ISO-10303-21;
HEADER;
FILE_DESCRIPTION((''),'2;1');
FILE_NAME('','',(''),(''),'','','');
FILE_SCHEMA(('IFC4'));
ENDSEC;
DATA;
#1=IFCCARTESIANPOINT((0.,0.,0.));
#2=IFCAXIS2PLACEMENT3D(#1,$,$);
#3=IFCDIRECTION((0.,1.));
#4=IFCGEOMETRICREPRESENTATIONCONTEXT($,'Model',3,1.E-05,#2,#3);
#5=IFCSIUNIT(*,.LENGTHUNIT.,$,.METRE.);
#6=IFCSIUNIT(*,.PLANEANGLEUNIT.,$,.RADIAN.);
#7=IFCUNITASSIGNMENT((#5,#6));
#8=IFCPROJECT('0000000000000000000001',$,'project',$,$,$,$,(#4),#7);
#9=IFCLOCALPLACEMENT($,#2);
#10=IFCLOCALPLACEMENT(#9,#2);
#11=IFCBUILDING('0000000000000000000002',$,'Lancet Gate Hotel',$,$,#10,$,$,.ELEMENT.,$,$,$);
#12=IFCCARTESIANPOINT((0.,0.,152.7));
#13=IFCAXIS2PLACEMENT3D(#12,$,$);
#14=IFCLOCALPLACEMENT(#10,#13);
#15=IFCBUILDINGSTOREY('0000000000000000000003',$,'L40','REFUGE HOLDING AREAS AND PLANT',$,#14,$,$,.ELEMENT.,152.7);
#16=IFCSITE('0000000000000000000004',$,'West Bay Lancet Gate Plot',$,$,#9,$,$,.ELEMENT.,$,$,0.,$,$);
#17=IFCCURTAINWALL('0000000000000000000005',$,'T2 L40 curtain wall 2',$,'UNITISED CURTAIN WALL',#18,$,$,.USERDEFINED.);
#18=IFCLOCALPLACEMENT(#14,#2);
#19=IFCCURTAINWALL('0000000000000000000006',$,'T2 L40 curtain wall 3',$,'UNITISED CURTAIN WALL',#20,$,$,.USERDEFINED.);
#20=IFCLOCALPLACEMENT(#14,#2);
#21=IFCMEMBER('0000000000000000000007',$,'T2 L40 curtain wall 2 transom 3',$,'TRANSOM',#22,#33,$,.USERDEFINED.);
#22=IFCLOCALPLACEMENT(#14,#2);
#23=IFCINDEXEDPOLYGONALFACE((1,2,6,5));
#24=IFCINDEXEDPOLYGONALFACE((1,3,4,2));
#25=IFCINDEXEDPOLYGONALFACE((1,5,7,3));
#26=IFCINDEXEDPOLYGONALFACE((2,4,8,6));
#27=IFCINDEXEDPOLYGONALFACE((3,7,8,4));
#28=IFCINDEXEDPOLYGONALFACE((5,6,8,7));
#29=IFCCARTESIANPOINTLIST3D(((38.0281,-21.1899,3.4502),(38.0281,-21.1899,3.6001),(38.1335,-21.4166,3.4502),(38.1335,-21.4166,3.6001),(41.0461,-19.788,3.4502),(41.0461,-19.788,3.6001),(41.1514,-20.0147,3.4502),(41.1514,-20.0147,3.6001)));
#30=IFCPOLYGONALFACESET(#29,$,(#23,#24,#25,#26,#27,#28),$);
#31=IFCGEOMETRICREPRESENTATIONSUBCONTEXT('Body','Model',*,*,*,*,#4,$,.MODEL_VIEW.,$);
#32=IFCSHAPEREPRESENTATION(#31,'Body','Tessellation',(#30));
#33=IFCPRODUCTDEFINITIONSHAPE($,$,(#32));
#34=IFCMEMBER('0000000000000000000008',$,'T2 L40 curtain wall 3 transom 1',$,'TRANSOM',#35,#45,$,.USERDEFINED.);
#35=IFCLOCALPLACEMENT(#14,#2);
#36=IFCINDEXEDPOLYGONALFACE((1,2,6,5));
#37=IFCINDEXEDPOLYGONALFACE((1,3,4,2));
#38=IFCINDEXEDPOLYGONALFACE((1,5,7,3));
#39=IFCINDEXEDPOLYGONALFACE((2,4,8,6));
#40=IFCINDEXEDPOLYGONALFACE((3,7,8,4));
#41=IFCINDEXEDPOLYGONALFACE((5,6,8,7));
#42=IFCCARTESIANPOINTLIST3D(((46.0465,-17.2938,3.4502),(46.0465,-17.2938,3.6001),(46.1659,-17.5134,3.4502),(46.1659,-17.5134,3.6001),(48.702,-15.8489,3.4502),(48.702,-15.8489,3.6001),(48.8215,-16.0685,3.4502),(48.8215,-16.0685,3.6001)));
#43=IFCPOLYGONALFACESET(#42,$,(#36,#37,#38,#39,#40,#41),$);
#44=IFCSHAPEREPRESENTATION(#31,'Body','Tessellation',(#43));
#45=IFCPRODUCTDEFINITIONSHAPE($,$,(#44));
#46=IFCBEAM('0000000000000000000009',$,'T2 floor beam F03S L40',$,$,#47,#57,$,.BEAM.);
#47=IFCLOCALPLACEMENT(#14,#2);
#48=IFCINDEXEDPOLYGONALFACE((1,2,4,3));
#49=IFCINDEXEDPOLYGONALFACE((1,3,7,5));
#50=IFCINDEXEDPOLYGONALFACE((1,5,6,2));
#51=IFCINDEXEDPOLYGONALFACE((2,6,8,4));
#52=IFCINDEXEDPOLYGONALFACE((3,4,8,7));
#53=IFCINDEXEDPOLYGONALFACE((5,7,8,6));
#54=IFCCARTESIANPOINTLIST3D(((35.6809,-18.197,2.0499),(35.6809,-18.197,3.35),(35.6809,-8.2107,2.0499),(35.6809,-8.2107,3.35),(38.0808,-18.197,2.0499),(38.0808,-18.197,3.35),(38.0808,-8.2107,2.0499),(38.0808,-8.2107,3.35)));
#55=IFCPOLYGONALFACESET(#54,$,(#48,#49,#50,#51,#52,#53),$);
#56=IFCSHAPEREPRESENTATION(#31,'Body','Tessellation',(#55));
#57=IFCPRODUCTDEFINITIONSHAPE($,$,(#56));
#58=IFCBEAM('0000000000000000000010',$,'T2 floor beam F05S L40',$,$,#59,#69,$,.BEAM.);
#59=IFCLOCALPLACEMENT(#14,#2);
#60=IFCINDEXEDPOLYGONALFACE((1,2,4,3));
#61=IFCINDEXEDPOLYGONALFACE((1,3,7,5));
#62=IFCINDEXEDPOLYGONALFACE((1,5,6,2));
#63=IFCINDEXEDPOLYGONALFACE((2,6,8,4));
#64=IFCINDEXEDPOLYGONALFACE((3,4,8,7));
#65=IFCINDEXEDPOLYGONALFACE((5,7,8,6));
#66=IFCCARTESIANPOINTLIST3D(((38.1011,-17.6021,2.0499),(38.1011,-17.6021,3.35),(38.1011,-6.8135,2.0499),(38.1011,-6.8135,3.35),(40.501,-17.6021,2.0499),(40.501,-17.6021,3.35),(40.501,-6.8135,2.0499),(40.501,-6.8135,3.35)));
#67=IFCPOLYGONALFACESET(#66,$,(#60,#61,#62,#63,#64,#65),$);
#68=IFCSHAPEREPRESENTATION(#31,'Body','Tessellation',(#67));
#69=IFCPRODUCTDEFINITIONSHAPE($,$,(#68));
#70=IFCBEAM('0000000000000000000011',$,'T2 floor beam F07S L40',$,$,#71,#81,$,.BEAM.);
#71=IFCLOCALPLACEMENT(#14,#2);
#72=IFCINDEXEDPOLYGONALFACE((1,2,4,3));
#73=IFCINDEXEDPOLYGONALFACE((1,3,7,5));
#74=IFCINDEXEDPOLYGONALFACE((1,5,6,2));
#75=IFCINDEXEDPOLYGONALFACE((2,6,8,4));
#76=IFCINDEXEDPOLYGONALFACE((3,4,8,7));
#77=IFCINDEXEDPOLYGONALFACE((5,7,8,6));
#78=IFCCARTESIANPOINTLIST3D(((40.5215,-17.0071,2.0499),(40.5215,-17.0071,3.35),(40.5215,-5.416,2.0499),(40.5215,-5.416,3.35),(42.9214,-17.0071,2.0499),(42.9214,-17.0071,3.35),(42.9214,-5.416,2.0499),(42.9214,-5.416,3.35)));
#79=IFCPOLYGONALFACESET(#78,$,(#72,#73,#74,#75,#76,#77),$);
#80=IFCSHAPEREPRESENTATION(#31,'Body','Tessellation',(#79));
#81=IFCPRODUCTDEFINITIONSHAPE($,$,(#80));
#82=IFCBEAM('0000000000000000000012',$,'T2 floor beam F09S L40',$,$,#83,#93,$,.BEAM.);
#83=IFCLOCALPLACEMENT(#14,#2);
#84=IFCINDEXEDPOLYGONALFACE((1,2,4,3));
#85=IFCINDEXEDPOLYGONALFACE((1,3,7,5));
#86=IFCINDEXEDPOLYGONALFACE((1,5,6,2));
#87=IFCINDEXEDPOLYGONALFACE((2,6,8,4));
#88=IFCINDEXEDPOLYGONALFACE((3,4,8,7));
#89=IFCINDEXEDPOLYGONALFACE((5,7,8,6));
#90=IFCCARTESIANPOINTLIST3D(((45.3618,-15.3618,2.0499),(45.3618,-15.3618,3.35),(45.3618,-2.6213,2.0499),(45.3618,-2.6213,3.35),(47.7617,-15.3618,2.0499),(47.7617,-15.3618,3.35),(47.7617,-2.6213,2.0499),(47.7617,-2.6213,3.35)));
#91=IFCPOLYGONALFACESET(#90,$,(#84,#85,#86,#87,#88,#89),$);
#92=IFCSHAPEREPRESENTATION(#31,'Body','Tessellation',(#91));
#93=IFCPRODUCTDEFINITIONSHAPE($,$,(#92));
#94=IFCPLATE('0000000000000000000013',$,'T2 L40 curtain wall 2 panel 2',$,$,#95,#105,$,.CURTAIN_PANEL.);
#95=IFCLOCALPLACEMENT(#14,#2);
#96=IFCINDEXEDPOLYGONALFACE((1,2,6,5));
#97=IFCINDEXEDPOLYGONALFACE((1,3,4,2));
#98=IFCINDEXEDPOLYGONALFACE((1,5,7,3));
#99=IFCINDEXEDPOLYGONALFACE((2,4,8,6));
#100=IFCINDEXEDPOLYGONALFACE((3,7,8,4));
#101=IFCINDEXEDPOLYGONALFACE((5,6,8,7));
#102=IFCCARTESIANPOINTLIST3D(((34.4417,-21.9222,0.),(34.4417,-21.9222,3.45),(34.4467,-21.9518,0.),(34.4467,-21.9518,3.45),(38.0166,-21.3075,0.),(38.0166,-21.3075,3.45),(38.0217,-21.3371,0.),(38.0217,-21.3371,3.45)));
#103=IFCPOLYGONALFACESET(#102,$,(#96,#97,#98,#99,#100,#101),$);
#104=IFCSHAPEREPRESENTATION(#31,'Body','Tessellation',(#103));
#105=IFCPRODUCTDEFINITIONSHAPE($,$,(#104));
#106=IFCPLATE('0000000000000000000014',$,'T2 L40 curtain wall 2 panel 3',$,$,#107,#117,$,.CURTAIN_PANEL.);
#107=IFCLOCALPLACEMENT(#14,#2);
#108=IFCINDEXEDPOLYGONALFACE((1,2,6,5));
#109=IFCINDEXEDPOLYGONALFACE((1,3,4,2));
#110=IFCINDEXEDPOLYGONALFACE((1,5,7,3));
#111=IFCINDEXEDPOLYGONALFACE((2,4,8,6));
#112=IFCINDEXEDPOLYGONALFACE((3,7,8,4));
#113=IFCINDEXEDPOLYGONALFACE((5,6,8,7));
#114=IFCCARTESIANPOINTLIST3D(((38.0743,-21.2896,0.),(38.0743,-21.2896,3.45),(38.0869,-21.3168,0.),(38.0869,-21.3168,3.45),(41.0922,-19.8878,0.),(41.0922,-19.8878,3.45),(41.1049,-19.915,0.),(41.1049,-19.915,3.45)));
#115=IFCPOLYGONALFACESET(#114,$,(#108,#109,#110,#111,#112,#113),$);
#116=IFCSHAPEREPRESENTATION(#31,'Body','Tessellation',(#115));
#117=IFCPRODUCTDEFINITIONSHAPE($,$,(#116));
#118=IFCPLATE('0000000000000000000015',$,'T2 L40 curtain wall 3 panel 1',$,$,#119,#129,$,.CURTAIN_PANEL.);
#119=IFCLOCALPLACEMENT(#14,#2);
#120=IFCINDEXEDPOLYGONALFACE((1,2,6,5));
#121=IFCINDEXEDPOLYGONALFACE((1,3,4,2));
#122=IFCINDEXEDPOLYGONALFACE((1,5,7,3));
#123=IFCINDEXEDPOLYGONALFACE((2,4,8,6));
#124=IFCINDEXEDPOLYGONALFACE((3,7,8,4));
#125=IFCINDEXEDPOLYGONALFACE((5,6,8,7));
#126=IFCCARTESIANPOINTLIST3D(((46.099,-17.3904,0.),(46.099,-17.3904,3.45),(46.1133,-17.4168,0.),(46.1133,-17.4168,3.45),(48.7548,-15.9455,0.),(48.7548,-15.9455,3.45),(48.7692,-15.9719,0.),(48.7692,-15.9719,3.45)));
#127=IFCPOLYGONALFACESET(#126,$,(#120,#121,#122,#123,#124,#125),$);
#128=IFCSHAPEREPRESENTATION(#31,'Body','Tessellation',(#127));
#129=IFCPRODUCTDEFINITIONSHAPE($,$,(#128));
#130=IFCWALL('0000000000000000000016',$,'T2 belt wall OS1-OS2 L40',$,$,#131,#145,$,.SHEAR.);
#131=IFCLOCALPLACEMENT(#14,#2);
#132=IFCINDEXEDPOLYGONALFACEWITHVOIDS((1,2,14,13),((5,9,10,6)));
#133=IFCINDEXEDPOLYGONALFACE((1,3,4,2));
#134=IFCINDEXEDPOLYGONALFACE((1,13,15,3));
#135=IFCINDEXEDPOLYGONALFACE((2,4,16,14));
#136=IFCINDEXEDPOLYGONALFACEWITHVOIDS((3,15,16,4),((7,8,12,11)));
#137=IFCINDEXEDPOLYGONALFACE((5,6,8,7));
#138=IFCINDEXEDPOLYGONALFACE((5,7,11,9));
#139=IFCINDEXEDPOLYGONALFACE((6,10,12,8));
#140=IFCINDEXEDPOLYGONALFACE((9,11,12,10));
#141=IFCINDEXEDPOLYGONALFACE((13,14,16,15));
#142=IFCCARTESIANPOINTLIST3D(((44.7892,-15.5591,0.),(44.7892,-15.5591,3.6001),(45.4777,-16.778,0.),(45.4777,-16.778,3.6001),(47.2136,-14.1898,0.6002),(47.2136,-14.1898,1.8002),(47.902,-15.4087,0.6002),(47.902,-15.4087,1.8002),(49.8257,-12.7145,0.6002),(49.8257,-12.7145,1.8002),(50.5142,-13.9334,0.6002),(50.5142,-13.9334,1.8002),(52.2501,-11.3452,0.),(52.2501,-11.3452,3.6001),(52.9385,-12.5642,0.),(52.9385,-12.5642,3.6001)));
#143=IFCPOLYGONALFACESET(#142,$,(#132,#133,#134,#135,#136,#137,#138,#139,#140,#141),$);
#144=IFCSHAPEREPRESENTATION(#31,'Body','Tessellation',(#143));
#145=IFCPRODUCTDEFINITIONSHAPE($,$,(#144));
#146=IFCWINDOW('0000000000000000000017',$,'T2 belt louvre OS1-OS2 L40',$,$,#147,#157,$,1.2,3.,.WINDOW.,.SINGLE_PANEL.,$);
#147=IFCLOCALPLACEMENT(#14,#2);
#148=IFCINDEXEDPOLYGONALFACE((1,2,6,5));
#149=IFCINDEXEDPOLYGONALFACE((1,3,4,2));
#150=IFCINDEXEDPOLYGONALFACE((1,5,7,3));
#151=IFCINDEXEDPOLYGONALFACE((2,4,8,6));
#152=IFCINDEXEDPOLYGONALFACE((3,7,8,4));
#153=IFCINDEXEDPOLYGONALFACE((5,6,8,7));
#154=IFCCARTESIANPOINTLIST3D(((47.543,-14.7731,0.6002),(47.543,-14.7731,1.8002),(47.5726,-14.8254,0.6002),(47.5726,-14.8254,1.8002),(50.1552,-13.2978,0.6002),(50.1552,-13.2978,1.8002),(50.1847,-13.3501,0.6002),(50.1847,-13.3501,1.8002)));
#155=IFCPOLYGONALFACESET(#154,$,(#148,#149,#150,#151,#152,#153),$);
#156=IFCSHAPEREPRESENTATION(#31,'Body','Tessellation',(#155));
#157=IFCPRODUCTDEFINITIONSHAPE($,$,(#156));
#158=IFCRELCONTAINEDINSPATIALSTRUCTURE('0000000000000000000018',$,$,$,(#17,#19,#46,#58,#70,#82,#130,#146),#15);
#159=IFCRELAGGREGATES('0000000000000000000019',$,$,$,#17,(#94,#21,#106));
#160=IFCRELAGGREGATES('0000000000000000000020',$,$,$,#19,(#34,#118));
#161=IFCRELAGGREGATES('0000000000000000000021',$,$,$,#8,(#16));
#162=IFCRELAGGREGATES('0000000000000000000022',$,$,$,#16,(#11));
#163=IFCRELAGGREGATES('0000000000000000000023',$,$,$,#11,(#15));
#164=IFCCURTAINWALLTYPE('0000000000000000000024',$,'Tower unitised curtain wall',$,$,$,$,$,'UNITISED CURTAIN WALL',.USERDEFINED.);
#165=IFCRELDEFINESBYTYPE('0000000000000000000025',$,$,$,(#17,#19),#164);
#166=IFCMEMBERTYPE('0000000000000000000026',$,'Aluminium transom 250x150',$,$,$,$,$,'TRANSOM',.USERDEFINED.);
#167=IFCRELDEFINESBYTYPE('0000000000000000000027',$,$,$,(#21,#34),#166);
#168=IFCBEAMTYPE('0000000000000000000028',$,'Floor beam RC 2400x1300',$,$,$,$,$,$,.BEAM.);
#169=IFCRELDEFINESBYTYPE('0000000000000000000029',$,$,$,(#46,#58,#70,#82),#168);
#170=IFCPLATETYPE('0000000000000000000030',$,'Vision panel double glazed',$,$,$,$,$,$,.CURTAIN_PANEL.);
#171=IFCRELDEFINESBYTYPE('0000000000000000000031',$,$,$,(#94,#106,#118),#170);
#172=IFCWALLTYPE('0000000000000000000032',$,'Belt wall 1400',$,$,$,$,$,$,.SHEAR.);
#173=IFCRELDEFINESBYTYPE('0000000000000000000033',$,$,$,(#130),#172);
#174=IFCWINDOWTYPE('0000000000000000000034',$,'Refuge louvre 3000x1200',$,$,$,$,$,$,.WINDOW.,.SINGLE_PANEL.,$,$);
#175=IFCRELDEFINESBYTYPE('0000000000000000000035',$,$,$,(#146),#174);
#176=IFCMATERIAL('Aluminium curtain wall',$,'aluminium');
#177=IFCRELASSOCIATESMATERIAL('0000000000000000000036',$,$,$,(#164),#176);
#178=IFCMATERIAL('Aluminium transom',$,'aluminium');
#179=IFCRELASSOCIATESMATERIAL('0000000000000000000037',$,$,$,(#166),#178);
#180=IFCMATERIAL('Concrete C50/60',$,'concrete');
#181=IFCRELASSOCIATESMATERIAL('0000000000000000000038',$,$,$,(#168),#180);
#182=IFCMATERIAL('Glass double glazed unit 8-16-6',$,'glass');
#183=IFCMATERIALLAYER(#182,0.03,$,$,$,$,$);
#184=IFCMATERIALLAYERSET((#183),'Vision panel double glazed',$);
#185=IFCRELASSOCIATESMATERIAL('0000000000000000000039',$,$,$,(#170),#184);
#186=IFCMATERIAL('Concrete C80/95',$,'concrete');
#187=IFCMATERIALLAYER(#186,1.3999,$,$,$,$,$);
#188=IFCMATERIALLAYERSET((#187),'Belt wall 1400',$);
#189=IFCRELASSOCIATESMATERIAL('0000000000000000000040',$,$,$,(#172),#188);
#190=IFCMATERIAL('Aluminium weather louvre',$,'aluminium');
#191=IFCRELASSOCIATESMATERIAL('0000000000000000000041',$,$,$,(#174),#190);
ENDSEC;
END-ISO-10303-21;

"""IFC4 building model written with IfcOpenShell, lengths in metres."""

from ifc_helpers import new_model, si_unit, direction, frame, frame_2d, origin, origin_2d, place, context, subcontext, project, spatial, rectangle, extrude, material, layer, layer_set, material_profile, profile_set, type_object, element, fill, aggregate, save


model = new_model("IFC4")

# Units and contexts
model_context = context("Model", 3, precision=1e-05, world=origin(), true_north=direction((0.0, 1.0)))
body_context = subcontext(model_context, "Body", "Model", "MODEL_VIEW")
ifc_project = project(units=[si_unit("LENGTHUNIT", "METRE"), si_unit("PLANEANGLEUNIT", "RADIAN")], contexts=[model_context])

# Site, building, storey
site_placement = place(None, origin())
site = spatial("IfcSite", under=ifc_project, at=site_placement, Name="West Bay Lancet Gate Plot", CompositionType="ELEMENT", RefElevation=0.0)
building_placement = place(site_placement, origin())
building = spatial("IfcBuilding", under=site, at=building_placement, Name="Lancet Gate Hotel", CompositionType="ELEMENT")
storey_placement = place(building_placement, frame((0.0, 0.0, 152.7)))
storey = spatial("IfcBuildingStorey", under=building, at=storey_placement, Name="L40", Description="REFUGE HOLDING AREAS AND PLANT", CompositionType="ELEMENT", Elevation=152.7)

# Curtain walls
ifc_material_1 = material(Name="Aluminium curtain wall", Category="aluminium")
curtain_wall_type = type_object("IfcCurtainWallType", Name="Tower unitised curtain wall", ElementType="UNITISED CURTAIN WALL", PredefinedType="USERDEFINED", material=ifc_material_1)
curtain_wall_1_placement = place(storey_placement, origin())
curtain_wall_1 = element("IfcCurtainWall", 1, at=curtain_wall_1_placement, inside=storey, type_object=curtain_wall_type, Name="T2 L40 curtain wall 2", ObjectType="UNITISED CURTAIN WALL", PredefinedType="USERDEFINED")
curtain_wall_2_placement = place(storey_placement, origin())
curtain_wall_2 = element("IfcCurtainWall", 2, at=curtain_wall_2_placement, inside=storey, type_object=curtain_wall_type, Name="T2 L40 curtain wall 3", ObjectType="UNITISED CURTAIN WALL", PredefinedType="USERDEFINED")

# Members
ifc_material_2 = material(Name="Aluminium transom", Category="aluminium")
ifc_material_profile_1 = material_profile(ifc_material_2, rectangle(XDim=0.25, YDim=0.1499, at=origin_2d()), Name="TRANSOM 250x150")
ifc_profile_set_1 = profile_set([ifc_material_profile_1], Name="Aluminium transom")
member_type_1 = type_object("IfcMemberType", Name="Aluminium transom 250x150", ElementType="TRANSOM", PredefinedType="USERDEFINED", material=ifc_profile_set_1)
member_1_placement = place(storey_placement, frame((38.0808, -21.3032, 3.5251), z_axis=(0.906926, 0.42129, 0.0), x_axis=(-0.42129, 0.906926, 0.0)))
member_1 = element("IfcMember", 3, at=member_1_placement, type_object=member_type_1, Name="T2 L40 curtain wall 2 transom 3", ObjectType="TRANSOM", PredefinedType="USERDEFINED", context=body_context, shape_type="SweptSolid", body=[
    extrude(rectangle(XDim=0.25, YDim=0.1499, at=origin_2d()), origin(), (0.0, 0.0, 1.0), 3.3276),
])
member_2_placement = place(storey_placement, frame((46.1062, -17.4036, 3.5251), z_axis=(0.878401, 0.477924, 0.0), x_axis=(-0.477924, 0.878401, 0.0)))
member_2 = element("IfcMember", 4, at=member_2_placement, type_object=member_type_1, Name="T2 L40 curtain wall 3 transom 1", ObjectType="TRANSOM", PredefinedType="USERDEFINED", context=body_context, shape_type="SweptSolid", body=[
    extrude(rectangle(XDim=0.25, YDim=0.1499, at=origin_2d()), origin(), (0.0, 0.0, 1.0), 3.0232),
])

# Beams
ifc_material_3 = material(Name="Concrete C50/60", Category="concrete")
ifc_material_profile_2 = material_profile(ifc_material_3, rectangle(XDim=2.3999, YDim=1.3, at=origin_2d()), Name="RC 2400x1300")
ifc_profile_set_2 = profile_set([ifc_material_profile_2], Name="Concrete C50/60")
beam_type = type_object("IfcBeamType", Name="Floor beam RC 2400x1300", PredefinedType="BEAM", material=ifc_profile_set_2)
beam_1_placement = place(storey_placement, frame((36.8809, -18.197, 2.7), z_axis=(0.0, 1.0, 0.0), x_axis=(-1.0, 0.0, 0.0)))
element("IfcBeam", 5, at=beam_1_placement, inside=storey, type_object=beam_type, Name="T2 floor beam F03S L40", PredefinedType="BEAM", context=body_context, shape_type="SweptSolid", body=[
    extrude(rectangle(XDim=2.3999, YDim=1.3, at=origin_2d()), origin(), (0.0, 0.0, 1.0), 9.9863),
])
beam_2_placement = place(storey_placement, frame((39.301, -17.6021, 2.7), z_axis=(0.0, 1.0, 0.0), x_axis=(-1.0, 0.0, 0.0)))
element("IfcBeam", 6, at=beam_2_placement, inside=storey, type_object=beam_type, Name="T2 floor beam F05S L40", PredefinedType="BEAM", context=body_context, shape_type="SweptSolid", body=[
    extrude(rectangle(XDim=2.3999, YDim=1.3, at=origin_2d()), origin(), (0.0, 0.0, 1.0), 10.7886),
])
beam_3_placement = place(storey_placement, frame((41.7214, -17.0071, 2.7), z_axis=(0.0, 1.0, 0.0), x_axis=(-1.0, 0.0, 0.0)))
element("IfcBeam", 7, at=beam_3_placement, inside=storey, type_object=beam_type, Name="T2 floor beam F07S L40", PredefinedType="BEAM", context=body_context, shape_type="SweptSolid", body=[
    extrude(rectangle(XDim=2.3999, YDim=1.3, at=origin_2d()), origin(), (0.0, 0.0, 1.0), 11.5911),
])
beam_4_placement = place(storey_placement, frame((46.5618, -15.3618, 2.7), z_axis=(0.0, 1.0, 0.0), x_axis=(-1.0, 0.0, 0.0)))
element("IfcBeam", 8, at=beam_4_placement, inside=storey, type_object=beam_type, Name="T2 floor beam F09S L40", PredefinedType="BEAM", context=body_context, shape_type="SweptSolid", body=[
    extrude(rectangle(XDim=2.3999, YDim=1.3, at=origin_2d()), origin(), (0.0, 0.0, 1.0), 12.7405),
])

# Plates
ifc_material_4 = material(Name="Glass double glazed unit 8-16-6", Category="glass")
ifc_layer_1 = layer(ifc_material_4, 0.03)
ifc_layer_set_1 = layer_set([ifc_layer_1], Name="Vision panel double glazed")
plate_type = type_object("IfcPlateType", Name="Vision panel double glazed", PredefinedType="CURTAIN_PANEL", material=ifc_layer_set_1)
plate_1_placement = place(storey_placement, frame((36.2317, -21.6296, 0.0), z_axis=(0.0, 0.0, 1.0), x_axis=(0.98554, 0.169445, 0.0)))
plate_1 = element("IfcPlate", 9, at=plate_1_placement, type_object=plate_type, Name="T2 L40 curtain wall 2 panel 2", PredefinedType="CURTAIN_PANEL", context=body_context, shape_type="SweptSolid", body=[
    extrude(rectangle(XDim=3.6274, YDim=0.03, at=origin_2d()), origin(), (0.0, 0.0, 1.0), 3.45),
])
plate_2_placement = place(storey_placement, frame((39.5896, -20.6023, 0.0), z_axis=(0.0, 0.0, 1.0), x_axis=(0.906935, 0.421271, 0.0)))
plate_2 = element("IfcPlate", 10, at=plate_2_placement, type_object=plate_type, Name="T2 L40 curtain wall 2 panel 3", PredefinedType="CURTAIN_PANEL", context=body_context, shape_type="SweptSolid", body=[
    extrude(rectangle(XDim=3.3276, YDim=0.03, at=origin_2d()), origin(), (0.0, 0.0, 1.0), 3.45),
])
aggregate(curtain_wall_1, [plate_1, member_1, plate_2])
plate_3_placement = place(storey_placement, frame((47.4341, -16.6812, 0.0), z_axis=(0.0, 0.0, 1.0), x_axis=(0.87841, 0.477908, 0.0)))
plate_3 = element("IfcPlate", 11, at=plate_3_placement, type_object=plate_type, Name="T2 L40 curtain wall 3 panel 1", PredefinedType="CURTAIN_PANEL", context=body_context, shape_type="SweptSolid", body=[
    extrude(rectangle(XDim=3.0234, YDim=0.03, at=origin_2d()), origin(), (0.0, 0.0, 1.0), 3.45),
])
aggregate(curtain_wall_2, [member_2, plate_3])

# Wall, opening, window
ifc_material_5 = material(Name="Concrete C80/95", Category="concrete")
ifc_layer_2 = layer(ifc_material_5, 1.3999)
ifc_layer_set_2 = layer_set([ifc_layer_2], Name="Belt wall 1400")
wall_type_1 = type_object("IfcWallType", Name="Belt wall 1400", PredefinedType="SHEAR", material=ifc_layer_set_2)
wall_1_placement = place(storey_placement, frame((45.1335, -16.1685, 0.0), z_axis=(0.0, 0.0, 1.0), x_axis=(0.870722, 0.491776, 0.0)))
wall_1 = element("IfcWall", 12, at=wall_1_placement, inside=storey, type_object=wall_type_1, Name="T2 belt wall OS1-OS2 L40", PredefinedType="SHEAR", context=body_context, shape_type="SweptSolid", body=[
    extrude(rectangle(XDim=8.5686, YDim=1.3999, at=frame_2d((4.2842, 0.0))), origin(), (0.0, 0.0, 1.0), 3.6001),
])
opening_1_placement = place(wall_1_placement, frame((2.7842, 0.0, 0.6001)))
opening_1 = element("IfcOpeningElement", 13, at=opening_1_placement, cuts=wall_1, PredefinedType="OPENING", context=body_context, shape_type="SweptSolid", body=[
    extrude(rectangle(XDim=3.0, YDim=1.2, at=frame_2d((1.5, 0.6001))), frame((0.0, 0.71, 0.0), z_axis=(0.0, -1.0, 0.0), x_axis=(1.0, 0.0, 0.0)), (0.0, 0.0, 1.0), 1.4199),
])
ifc_material_6 = material(Name="Aluminium weather louvre", Category="aluminium")
window_type = type_object("IfcWindowType", Name="Refuge louvre 3000x1200", PartitioningType="SINGLE_PANEL", PredefinedType="WINDOW", material=ifc_material_6)
window_placement = place(opening_1_placement, origin())
window = element("IfcWindow", 14, at=window_placement, inside=storey, type_object=window_type, Name="T2 belt louvre OS1-OS2 L40", OverallHeight=1.2, OverallWidth=3.0, PartitioningType="SINGLE_PANEL", PredefinedType="WINDOW", context=body_context, shape_type="SweptSolid", body=[
    extrude(rectangle(XDim=3.0, YDim=1.2, at=frame_2d((1.5, 0.6001))), frame((0.0, 0.03, 0.0), z_axis=(0.0, -1.0, 0.0), x_axis=(1.0, 0.0, 0.0)), (0.0, 0.0, 1.0), 0.0601),
])
fill(opening_1, window)

save(model, "model.ifc")
